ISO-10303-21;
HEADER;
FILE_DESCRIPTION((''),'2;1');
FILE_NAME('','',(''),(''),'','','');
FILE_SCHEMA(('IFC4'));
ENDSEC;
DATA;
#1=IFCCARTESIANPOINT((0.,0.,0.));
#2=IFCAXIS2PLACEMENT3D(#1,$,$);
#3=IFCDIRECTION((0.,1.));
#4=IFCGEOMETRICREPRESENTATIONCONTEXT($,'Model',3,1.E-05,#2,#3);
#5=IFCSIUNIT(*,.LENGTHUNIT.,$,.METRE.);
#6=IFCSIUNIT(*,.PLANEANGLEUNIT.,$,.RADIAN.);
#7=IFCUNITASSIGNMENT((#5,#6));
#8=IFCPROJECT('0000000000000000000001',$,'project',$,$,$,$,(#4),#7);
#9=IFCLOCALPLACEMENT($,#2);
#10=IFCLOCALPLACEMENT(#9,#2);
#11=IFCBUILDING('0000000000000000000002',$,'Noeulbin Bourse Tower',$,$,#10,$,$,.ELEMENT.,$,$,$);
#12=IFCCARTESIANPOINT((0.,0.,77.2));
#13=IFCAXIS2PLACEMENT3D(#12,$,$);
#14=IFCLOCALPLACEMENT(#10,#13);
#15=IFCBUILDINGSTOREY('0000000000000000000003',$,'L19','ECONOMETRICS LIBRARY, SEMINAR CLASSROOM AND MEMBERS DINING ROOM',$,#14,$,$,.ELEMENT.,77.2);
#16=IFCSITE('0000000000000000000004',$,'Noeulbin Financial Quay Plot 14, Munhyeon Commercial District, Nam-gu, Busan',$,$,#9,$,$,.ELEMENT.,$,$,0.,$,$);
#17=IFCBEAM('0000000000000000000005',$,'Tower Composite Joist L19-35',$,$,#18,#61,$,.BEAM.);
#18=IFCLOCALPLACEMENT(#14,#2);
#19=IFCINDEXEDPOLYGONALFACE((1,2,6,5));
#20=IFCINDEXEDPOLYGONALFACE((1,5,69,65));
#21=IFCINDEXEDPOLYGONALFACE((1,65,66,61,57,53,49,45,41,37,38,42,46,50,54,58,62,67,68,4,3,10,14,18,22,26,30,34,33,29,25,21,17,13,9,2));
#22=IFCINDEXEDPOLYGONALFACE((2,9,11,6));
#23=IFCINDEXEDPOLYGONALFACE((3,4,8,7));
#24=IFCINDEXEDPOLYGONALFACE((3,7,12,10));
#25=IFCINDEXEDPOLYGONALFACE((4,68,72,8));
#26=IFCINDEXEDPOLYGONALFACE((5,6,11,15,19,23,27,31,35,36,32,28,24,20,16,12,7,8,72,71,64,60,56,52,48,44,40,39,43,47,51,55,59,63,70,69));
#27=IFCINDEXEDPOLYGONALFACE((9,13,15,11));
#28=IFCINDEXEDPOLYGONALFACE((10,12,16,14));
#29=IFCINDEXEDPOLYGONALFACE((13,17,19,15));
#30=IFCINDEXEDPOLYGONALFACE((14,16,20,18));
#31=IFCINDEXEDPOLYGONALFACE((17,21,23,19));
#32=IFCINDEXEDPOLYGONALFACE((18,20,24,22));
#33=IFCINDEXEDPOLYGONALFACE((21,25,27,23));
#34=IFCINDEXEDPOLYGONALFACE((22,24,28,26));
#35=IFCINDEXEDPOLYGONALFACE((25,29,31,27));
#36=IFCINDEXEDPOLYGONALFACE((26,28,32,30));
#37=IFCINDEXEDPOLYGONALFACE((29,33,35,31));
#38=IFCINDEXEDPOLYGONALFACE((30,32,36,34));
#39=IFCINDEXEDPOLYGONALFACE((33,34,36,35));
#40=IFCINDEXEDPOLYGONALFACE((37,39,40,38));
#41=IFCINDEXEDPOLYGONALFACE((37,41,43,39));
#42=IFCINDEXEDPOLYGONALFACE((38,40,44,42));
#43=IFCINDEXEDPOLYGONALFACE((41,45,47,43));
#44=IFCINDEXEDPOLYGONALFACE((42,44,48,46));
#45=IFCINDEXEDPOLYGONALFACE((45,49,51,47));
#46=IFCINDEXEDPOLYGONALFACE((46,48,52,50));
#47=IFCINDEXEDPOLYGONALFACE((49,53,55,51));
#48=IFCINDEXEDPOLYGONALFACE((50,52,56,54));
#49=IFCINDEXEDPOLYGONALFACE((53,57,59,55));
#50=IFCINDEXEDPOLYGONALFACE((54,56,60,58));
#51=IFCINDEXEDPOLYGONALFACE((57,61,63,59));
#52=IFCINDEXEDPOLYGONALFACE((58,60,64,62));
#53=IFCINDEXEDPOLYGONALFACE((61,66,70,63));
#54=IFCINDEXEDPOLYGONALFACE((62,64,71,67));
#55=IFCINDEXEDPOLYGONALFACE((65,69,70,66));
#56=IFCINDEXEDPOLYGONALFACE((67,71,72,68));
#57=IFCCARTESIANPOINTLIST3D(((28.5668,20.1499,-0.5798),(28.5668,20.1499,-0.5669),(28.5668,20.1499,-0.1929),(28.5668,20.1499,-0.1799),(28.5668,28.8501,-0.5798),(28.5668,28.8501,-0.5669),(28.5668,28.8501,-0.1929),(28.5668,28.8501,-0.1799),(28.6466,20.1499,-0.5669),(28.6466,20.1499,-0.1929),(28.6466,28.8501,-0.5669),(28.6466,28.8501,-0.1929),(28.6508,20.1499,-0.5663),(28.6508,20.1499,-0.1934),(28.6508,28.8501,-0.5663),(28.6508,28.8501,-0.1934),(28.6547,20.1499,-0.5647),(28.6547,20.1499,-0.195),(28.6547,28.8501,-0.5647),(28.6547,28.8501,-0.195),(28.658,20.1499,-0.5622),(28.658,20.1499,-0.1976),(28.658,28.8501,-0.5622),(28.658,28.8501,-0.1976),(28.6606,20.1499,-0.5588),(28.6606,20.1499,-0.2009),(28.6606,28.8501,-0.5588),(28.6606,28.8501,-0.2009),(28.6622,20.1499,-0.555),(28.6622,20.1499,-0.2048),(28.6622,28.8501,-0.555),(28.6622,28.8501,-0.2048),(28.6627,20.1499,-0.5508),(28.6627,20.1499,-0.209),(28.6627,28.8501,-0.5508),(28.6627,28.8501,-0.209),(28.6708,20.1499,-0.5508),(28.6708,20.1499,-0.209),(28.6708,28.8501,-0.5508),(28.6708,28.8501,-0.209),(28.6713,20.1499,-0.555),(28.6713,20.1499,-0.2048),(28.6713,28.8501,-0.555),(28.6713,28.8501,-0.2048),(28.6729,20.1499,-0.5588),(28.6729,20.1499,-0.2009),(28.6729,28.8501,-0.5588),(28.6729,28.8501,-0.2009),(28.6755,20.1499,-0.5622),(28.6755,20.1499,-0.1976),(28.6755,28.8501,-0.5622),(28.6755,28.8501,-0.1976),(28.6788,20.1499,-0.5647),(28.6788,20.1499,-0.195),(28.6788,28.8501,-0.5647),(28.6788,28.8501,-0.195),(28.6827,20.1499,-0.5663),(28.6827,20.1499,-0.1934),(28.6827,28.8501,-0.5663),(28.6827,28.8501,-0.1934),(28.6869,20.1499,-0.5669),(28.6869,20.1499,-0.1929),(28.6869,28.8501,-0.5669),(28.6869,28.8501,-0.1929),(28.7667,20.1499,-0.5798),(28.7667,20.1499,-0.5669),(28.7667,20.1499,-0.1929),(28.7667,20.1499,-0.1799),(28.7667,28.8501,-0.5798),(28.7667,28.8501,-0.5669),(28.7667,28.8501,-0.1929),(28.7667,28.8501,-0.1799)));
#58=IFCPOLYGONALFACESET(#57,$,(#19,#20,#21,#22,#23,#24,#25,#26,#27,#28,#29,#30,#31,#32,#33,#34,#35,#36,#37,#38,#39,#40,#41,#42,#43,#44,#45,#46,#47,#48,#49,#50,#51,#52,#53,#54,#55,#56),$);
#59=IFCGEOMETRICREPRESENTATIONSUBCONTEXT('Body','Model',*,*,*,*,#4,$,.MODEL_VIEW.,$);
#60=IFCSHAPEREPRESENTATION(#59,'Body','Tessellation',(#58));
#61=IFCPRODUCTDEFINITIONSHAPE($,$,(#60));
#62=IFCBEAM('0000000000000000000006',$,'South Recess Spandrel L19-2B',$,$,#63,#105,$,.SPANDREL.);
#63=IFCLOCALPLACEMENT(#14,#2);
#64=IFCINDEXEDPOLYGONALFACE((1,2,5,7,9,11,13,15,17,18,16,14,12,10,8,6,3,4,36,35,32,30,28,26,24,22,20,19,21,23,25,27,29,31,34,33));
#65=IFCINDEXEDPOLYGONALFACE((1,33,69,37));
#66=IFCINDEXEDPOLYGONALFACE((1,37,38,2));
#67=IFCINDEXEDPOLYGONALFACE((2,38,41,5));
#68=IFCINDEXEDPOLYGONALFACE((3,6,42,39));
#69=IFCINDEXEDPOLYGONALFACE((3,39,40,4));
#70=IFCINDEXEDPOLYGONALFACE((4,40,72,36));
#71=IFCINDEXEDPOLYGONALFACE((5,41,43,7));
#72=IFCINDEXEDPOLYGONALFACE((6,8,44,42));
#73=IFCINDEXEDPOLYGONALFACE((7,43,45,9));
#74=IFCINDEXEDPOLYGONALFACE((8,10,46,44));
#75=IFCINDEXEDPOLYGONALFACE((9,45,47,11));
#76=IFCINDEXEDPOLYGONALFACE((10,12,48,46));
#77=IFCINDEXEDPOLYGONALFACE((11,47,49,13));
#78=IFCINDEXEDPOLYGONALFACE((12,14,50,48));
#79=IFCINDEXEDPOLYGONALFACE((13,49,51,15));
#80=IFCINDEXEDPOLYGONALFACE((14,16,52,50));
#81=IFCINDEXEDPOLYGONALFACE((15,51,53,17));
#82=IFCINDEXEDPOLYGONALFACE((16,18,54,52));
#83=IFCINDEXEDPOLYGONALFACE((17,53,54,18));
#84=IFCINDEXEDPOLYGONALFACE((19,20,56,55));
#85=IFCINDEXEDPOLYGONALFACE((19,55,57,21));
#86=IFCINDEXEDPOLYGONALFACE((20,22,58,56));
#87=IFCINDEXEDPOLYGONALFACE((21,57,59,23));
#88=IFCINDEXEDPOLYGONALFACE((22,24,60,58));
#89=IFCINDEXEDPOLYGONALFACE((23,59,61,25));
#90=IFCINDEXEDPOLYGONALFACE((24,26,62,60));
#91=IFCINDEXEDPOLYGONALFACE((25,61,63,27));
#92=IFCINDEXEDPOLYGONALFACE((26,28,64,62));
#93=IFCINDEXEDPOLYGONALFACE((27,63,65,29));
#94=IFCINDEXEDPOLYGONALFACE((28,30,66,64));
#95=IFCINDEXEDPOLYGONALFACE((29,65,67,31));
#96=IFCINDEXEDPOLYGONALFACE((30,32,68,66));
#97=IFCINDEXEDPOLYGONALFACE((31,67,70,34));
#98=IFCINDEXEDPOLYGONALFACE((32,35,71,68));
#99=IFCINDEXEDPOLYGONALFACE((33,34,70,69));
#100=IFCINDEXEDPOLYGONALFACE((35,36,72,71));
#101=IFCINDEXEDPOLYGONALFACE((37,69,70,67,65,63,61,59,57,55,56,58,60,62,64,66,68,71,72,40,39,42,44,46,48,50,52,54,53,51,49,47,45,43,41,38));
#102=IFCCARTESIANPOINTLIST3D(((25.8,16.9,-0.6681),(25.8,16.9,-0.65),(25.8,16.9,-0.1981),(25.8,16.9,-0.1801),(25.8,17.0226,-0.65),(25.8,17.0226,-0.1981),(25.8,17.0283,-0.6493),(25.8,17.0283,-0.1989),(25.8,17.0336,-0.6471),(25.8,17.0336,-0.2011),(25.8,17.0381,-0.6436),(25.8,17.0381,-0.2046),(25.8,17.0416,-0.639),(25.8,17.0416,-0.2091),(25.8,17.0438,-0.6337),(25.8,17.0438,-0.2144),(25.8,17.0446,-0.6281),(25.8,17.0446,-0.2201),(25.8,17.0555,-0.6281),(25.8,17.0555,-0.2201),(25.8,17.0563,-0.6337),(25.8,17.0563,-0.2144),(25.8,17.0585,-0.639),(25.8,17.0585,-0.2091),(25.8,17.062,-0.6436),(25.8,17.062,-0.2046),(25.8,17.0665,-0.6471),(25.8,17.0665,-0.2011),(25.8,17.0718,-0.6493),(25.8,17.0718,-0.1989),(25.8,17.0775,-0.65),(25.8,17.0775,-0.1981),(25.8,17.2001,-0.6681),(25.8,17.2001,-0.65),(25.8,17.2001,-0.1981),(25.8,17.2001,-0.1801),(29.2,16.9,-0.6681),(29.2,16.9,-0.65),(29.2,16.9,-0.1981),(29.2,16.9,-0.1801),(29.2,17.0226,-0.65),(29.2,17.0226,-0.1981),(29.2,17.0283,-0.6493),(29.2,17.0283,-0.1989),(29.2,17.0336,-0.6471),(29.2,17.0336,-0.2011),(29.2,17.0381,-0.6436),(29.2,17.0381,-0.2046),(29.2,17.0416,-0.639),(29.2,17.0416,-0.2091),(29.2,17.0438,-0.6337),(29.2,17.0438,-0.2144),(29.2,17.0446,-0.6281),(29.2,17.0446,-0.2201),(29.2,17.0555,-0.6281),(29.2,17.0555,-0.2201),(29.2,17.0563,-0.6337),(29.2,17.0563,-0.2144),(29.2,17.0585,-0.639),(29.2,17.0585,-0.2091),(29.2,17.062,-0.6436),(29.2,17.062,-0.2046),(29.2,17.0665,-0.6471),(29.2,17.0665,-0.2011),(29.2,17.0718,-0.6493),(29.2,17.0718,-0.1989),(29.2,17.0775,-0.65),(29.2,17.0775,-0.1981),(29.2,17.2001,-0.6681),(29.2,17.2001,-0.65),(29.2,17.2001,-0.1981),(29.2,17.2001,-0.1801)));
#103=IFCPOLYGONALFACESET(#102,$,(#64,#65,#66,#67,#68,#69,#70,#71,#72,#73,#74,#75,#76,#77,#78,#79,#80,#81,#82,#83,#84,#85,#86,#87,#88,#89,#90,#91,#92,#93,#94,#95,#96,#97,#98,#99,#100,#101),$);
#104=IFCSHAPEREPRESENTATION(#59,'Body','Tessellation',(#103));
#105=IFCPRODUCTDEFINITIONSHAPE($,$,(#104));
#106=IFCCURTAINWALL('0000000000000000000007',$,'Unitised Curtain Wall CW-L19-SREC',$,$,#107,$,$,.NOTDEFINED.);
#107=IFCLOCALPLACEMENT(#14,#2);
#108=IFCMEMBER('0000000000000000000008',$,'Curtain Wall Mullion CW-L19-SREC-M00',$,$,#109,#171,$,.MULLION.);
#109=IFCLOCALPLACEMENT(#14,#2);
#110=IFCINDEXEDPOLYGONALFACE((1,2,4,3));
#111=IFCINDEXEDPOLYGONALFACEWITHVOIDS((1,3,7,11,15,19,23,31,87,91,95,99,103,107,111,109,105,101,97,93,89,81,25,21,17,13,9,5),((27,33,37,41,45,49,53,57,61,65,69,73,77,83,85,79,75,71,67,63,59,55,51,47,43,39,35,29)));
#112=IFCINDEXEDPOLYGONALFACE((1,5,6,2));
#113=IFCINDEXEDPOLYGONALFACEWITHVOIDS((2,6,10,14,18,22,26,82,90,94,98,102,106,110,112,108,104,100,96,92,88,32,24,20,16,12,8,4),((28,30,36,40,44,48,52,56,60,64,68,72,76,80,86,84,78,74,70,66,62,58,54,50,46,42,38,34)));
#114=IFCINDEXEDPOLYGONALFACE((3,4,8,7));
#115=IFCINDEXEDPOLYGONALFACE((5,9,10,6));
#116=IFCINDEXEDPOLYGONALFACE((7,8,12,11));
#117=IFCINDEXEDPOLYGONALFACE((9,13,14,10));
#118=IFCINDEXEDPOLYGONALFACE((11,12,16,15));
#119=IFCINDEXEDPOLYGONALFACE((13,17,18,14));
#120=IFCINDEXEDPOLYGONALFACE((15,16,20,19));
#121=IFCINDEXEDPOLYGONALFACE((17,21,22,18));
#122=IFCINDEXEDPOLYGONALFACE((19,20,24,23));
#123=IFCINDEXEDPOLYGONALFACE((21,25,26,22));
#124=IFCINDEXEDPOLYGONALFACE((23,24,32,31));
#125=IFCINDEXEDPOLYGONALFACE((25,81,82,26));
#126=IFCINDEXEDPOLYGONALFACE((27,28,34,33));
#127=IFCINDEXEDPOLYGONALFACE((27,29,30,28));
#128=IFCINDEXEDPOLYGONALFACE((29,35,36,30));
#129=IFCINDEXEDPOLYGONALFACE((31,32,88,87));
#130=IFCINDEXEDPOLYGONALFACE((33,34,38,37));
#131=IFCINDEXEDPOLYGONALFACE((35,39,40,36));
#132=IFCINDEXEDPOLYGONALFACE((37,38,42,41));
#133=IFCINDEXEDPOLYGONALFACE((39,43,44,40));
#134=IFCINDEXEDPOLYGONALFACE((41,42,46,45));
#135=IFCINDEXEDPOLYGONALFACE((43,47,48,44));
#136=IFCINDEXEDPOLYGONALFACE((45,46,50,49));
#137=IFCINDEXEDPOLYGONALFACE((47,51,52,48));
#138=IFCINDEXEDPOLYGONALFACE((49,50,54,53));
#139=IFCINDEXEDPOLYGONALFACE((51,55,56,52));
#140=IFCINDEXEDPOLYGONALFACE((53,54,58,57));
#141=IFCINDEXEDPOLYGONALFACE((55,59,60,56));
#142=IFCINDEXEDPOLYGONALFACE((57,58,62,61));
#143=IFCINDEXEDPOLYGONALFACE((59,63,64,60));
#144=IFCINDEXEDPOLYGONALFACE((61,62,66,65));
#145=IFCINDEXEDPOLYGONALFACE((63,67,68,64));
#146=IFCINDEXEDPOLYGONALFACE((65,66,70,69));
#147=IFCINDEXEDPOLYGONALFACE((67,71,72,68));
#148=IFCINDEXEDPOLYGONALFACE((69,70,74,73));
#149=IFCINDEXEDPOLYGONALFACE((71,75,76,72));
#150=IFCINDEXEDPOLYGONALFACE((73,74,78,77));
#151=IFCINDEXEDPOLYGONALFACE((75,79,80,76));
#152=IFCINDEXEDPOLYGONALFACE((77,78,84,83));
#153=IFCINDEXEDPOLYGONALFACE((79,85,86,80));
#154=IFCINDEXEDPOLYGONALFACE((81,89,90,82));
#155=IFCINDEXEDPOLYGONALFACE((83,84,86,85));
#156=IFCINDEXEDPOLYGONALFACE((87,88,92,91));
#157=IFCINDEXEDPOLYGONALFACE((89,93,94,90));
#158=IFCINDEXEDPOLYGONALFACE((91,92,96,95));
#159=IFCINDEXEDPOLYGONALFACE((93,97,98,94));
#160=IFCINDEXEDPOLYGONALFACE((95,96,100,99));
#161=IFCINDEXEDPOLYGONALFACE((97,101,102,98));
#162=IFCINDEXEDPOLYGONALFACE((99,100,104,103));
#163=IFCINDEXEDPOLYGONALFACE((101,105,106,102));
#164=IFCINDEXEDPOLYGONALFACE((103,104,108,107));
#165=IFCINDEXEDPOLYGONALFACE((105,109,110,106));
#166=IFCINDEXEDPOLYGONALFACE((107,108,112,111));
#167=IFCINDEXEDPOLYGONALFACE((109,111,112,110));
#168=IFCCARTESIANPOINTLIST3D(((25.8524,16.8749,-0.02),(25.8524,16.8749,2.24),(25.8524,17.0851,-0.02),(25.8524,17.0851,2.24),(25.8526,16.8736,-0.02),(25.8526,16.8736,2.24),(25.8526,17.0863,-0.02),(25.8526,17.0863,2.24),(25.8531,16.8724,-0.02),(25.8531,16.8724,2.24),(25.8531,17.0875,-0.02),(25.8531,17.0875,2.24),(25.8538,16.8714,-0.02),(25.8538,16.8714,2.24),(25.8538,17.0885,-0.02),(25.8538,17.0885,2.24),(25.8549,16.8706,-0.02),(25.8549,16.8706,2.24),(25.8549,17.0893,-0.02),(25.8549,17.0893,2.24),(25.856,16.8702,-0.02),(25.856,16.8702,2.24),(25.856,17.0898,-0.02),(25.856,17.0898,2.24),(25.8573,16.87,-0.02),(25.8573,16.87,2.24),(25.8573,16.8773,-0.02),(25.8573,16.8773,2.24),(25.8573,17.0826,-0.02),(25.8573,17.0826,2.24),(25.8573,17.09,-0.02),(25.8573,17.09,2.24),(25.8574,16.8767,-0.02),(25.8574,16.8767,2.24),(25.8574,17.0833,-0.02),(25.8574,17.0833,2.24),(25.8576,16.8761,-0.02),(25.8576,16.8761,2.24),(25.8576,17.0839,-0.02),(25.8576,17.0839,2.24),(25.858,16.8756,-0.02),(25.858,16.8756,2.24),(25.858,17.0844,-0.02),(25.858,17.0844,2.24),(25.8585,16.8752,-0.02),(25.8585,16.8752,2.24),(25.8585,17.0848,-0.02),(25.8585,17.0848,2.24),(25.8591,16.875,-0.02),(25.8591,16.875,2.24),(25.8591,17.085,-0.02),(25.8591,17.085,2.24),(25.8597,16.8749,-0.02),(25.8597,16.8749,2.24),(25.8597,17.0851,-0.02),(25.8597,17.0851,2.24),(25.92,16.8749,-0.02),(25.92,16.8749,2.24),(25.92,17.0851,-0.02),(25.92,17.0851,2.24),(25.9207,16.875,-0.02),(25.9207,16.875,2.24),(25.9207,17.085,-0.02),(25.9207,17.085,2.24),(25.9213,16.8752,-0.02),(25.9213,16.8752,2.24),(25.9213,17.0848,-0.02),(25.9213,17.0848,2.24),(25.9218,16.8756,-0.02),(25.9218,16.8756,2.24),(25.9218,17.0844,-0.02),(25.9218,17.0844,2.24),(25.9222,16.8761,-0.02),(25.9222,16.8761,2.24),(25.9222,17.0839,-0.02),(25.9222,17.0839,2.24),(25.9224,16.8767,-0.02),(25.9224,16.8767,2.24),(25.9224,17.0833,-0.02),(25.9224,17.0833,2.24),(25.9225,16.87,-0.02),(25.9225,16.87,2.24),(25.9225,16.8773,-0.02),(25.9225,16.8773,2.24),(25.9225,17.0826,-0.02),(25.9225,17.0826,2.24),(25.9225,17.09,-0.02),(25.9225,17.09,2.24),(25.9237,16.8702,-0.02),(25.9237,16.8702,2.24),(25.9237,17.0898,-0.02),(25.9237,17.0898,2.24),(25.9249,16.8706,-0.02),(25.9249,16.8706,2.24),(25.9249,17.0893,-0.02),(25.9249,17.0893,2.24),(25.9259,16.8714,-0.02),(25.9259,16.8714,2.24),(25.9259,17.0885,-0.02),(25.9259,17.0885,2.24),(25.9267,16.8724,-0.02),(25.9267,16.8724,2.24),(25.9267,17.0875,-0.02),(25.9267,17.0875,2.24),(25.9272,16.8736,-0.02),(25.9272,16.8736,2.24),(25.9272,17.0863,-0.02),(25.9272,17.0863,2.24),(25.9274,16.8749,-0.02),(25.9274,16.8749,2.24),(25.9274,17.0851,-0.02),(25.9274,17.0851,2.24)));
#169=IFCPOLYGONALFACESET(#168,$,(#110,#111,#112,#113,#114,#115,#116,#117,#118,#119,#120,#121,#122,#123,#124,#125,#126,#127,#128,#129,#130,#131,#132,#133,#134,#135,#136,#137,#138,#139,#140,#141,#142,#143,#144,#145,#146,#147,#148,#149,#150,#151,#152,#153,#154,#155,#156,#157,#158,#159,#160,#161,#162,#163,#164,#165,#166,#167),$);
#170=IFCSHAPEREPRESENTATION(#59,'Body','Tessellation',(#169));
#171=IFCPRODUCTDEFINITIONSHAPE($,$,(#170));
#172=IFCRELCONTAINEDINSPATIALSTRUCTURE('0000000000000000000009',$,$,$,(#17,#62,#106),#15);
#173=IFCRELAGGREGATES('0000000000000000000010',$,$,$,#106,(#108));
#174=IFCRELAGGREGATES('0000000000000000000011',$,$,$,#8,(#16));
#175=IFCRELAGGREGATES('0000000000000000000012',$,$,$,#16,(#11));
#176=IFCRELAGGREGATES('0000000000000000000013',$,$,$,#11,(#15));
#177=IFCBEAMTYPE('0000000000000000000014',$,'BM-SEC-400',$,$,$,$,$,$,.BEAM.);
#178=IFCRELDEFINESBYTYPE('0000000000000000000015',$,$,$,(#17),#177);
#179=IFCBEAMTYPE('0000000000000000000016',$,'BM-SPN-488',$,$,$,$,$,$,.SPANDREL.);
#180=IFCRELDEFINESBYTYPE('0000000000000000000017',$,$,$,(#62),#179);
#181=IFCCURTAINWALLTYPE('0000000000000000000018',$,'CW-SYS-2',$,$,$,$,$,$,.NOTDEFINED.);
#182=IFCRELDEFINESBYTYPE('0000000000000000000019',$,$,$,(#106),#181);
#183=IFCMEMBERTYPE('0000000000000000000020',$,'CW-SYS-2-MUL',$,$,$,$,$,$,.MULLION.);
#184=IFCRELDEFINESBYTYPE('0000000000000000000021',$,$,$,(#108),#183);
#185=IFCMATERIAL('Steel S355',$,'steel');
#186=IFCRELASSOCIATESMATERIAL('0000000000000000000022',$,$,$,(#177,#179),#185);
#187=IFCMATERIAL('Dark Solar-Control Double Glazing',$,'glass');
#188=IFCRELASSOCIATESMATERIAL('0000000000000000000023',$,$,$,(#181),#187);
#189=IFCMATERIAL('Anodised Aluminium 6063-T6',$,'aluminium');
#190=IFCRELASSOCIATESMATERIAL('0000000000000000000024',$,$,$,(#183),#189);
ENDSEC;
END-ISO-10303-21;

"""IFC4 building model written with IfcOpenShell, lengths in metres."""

from ifc_helpers import new_model, si_unit, direction, frame, origin, origin_2d, place, context, subcontext, project, spatial, hollow_rectangle, i_section, extrude, material, material_profile, profile_set, type_object, element, aggregate, save


model = new_model("IFC4")

# Units and contexts
model_context = context("Model", 3, precision=1e-05, world=origin(), true_north=direction((0.0, 1.0)))
body_context = subcontext(model_context, "Body", "Model", "MODEL_VIEW")
ifc_project = project(units=[si_unit("LENGTHUNIT", "METRE"), si_unit("PLANEANGLEUNIT", "RADIAN")], contexts=[model_context])

# Site, building, storey
site_placement = place(None, origin())
site = spatial("IfcSite", under=ifc_project, at=site_placement, Name="Noeulbin Financial Quay Plot 14, Munhyeon Commercial District, Nam-gu, Busan", CompositionType="ELEMENT", RefElevation=0.0)
building_placement = place(site_placement, origin())
building = spatial("IfcBuilding", under=site, at=building_placement, Name="Noeulbin Bourse Tower", CompositionType="ELEMENT")
storey_placement = place(building_placement, frame((0.0, 0.0, 77.2)))
storey = spatial("IfcBuildingStorey", under=building, at=storey_placement, Name="L19", Description="ECONOMETRICS LIBRARY, SEMINAR CLASSROOM AND MEMBERS DINING ROOM", CompositionType="ELEMENT", Elevation=77.2)

# Beams
ifc_material_1 = material(Name="Steel S355", Category="steel")
ifc_material_profile_1 = material_profile(ifc_material_1, i_section(OverallWidth=0.2, OverallDepth=0.3999, WebThickness=0.0081, FlangeThickness=0.0129, FilletRadius=0.0161, at=origin_2d()), Name="H-400x200x8x13", Category="LoadBearing")
ifc_profile_set_1 = profile_set([ifc_material_profile_1], Name="Steel S355")
beam_type_1 = type_object("IfcBeamType", Name="BM-SEC-400", PredefinedType="BEAM", material=ifc_profile_set_1)
beam_1_placement = place(storey_placement, frame((28.6667, 20.1499, -0.3799), z_axis=(0.0, 1.0, 0.0), x_axis=(-1.0, 0.0, 0.0)))
element("IfcBeam", 1, at=beam_1_placement, inside=storey, type_object=beam_type_1, Name="Tower Composite Joist L19-35", PredefinedType="BEAM", context=body_context, shape_type="SweptSolid", body=[
    extrude(i_section(OverallWidth=0.2, OverallDepth=0.3999, WebThickness=0.0081, FlangeThickness=0.0129, FilletRadius=0.0161, at=origin_2d()), origin(), (0.0, 0.0, 1.0), 8.7002),
])
ifc_material_profile_2 = material_profile(ifc_material_1, i_section(OverallWidth=0.3, OverallDepth=0.488, WebThickness=0.011, FlangeThickness=0.0181, FilletRadius=0.022, at=origin_2d()), Name="H-488x300x11x18", Category="LoadBearing")
ifc_profile_set_2 = profile_set([ifc_material_profile_2], Name="Steel S355")
beam_type_2 = type_object("IfcBeamType", Name="BM-SPN-488", PredefinedType="SPANDREL", material=ifc_profile_set_2)
beam_2_placement = place(storey_placement, frame((25.8, 17.05, -0.4241), z_axis=(1.0, 0.0, 0.0), x_axis=(0.0, 1.0, 0.0)))
element("IfcBeam", 2, at=beam_2_placement, inside=storey, type_object=beam_type_2, Name="South Recess Spandrel L19-2B", PredefinedType="SPANDREL", context=body_context, shape_type="SweptSolid", body=[
    extrude(i_section(OverallWidth=0.3, OverallDepth=0.488, WebThickness=0.011, FlangeThickness=0.0181, FilletRadius=0.022, at=origin_2d()), origin(), (0.0, 0.0, 1.0), 3.3999),
])

# Curtain wall, member
ifc_material_2 = material(Name="Dark Solar-Control Double Glazing", Category="glass")
curtain_wall_type = type_object("IfcCurtainWallType", Name="CW-SYS-2", PredefinedType="NOTDEFINED", material=ifc_material_2)
curtain_wall_1_placement = place(storey_placement, origin())
curtain_wall_1 = element("IfcCurtainWall", 3, at=curtain_wall_1_placement, inside=storey, type_object=curtain_wall_type, Name="Unitised Curtain Wall CW-L19-SREC", PredefinedType="NOTDEFINED")
ifc_material_3 = material(Name="Anodised Aluminium 6063-T6", Category="aluminium")
ifc_material_profile_3 = material_profile(ifc_material_3, hollow_rectangle(XDim=0.075, YDim=0.22, WallThickness=0.0049, InnerFilletRadius=0.0024, OuterFilletRadius=0.0049, at=origin_2d()), Name="ALU-MULL-75x220x5", Category="LoadBearing")
ifc_profile_set_3 = profile_set([ifc_material_profile_3], Name="Anodised Aluminium 6063-T6")
member_type_1 = type_object("IfcMemberType", Name="CW-SYS-2-MUL", PredefinedType="MULLION", material=ifc_profile_set_3)
member_1_placement = place(storey_placement, frame((25.8899, 16.98, -0.02), z_axis=(0.0, 0.0, 1.0), x_axis=(1.0, 0.0, 0.0)))
member_1 = element("IfcMember", 4, at=member_1_placement, type_object=member_type_1, Name="Curtain Wall Mullion CW-L19-SREC-M00", PredefinedType="MULLION", context=body_context, shape_type="SweptSolid", body=[
    extrude(hollow_rectangle(XDim=0.075, YDim=0.22, WallThickness=0.0049, InnerFilletRadius=0.0024, OuterFilletRadius=0.0049, at=origin_2d()), origin(), (0.0, 0.0, 1.0), 2.26),
])

aggregate(curtain_wall_1, [member_1])

save(model, "model.ifc")
